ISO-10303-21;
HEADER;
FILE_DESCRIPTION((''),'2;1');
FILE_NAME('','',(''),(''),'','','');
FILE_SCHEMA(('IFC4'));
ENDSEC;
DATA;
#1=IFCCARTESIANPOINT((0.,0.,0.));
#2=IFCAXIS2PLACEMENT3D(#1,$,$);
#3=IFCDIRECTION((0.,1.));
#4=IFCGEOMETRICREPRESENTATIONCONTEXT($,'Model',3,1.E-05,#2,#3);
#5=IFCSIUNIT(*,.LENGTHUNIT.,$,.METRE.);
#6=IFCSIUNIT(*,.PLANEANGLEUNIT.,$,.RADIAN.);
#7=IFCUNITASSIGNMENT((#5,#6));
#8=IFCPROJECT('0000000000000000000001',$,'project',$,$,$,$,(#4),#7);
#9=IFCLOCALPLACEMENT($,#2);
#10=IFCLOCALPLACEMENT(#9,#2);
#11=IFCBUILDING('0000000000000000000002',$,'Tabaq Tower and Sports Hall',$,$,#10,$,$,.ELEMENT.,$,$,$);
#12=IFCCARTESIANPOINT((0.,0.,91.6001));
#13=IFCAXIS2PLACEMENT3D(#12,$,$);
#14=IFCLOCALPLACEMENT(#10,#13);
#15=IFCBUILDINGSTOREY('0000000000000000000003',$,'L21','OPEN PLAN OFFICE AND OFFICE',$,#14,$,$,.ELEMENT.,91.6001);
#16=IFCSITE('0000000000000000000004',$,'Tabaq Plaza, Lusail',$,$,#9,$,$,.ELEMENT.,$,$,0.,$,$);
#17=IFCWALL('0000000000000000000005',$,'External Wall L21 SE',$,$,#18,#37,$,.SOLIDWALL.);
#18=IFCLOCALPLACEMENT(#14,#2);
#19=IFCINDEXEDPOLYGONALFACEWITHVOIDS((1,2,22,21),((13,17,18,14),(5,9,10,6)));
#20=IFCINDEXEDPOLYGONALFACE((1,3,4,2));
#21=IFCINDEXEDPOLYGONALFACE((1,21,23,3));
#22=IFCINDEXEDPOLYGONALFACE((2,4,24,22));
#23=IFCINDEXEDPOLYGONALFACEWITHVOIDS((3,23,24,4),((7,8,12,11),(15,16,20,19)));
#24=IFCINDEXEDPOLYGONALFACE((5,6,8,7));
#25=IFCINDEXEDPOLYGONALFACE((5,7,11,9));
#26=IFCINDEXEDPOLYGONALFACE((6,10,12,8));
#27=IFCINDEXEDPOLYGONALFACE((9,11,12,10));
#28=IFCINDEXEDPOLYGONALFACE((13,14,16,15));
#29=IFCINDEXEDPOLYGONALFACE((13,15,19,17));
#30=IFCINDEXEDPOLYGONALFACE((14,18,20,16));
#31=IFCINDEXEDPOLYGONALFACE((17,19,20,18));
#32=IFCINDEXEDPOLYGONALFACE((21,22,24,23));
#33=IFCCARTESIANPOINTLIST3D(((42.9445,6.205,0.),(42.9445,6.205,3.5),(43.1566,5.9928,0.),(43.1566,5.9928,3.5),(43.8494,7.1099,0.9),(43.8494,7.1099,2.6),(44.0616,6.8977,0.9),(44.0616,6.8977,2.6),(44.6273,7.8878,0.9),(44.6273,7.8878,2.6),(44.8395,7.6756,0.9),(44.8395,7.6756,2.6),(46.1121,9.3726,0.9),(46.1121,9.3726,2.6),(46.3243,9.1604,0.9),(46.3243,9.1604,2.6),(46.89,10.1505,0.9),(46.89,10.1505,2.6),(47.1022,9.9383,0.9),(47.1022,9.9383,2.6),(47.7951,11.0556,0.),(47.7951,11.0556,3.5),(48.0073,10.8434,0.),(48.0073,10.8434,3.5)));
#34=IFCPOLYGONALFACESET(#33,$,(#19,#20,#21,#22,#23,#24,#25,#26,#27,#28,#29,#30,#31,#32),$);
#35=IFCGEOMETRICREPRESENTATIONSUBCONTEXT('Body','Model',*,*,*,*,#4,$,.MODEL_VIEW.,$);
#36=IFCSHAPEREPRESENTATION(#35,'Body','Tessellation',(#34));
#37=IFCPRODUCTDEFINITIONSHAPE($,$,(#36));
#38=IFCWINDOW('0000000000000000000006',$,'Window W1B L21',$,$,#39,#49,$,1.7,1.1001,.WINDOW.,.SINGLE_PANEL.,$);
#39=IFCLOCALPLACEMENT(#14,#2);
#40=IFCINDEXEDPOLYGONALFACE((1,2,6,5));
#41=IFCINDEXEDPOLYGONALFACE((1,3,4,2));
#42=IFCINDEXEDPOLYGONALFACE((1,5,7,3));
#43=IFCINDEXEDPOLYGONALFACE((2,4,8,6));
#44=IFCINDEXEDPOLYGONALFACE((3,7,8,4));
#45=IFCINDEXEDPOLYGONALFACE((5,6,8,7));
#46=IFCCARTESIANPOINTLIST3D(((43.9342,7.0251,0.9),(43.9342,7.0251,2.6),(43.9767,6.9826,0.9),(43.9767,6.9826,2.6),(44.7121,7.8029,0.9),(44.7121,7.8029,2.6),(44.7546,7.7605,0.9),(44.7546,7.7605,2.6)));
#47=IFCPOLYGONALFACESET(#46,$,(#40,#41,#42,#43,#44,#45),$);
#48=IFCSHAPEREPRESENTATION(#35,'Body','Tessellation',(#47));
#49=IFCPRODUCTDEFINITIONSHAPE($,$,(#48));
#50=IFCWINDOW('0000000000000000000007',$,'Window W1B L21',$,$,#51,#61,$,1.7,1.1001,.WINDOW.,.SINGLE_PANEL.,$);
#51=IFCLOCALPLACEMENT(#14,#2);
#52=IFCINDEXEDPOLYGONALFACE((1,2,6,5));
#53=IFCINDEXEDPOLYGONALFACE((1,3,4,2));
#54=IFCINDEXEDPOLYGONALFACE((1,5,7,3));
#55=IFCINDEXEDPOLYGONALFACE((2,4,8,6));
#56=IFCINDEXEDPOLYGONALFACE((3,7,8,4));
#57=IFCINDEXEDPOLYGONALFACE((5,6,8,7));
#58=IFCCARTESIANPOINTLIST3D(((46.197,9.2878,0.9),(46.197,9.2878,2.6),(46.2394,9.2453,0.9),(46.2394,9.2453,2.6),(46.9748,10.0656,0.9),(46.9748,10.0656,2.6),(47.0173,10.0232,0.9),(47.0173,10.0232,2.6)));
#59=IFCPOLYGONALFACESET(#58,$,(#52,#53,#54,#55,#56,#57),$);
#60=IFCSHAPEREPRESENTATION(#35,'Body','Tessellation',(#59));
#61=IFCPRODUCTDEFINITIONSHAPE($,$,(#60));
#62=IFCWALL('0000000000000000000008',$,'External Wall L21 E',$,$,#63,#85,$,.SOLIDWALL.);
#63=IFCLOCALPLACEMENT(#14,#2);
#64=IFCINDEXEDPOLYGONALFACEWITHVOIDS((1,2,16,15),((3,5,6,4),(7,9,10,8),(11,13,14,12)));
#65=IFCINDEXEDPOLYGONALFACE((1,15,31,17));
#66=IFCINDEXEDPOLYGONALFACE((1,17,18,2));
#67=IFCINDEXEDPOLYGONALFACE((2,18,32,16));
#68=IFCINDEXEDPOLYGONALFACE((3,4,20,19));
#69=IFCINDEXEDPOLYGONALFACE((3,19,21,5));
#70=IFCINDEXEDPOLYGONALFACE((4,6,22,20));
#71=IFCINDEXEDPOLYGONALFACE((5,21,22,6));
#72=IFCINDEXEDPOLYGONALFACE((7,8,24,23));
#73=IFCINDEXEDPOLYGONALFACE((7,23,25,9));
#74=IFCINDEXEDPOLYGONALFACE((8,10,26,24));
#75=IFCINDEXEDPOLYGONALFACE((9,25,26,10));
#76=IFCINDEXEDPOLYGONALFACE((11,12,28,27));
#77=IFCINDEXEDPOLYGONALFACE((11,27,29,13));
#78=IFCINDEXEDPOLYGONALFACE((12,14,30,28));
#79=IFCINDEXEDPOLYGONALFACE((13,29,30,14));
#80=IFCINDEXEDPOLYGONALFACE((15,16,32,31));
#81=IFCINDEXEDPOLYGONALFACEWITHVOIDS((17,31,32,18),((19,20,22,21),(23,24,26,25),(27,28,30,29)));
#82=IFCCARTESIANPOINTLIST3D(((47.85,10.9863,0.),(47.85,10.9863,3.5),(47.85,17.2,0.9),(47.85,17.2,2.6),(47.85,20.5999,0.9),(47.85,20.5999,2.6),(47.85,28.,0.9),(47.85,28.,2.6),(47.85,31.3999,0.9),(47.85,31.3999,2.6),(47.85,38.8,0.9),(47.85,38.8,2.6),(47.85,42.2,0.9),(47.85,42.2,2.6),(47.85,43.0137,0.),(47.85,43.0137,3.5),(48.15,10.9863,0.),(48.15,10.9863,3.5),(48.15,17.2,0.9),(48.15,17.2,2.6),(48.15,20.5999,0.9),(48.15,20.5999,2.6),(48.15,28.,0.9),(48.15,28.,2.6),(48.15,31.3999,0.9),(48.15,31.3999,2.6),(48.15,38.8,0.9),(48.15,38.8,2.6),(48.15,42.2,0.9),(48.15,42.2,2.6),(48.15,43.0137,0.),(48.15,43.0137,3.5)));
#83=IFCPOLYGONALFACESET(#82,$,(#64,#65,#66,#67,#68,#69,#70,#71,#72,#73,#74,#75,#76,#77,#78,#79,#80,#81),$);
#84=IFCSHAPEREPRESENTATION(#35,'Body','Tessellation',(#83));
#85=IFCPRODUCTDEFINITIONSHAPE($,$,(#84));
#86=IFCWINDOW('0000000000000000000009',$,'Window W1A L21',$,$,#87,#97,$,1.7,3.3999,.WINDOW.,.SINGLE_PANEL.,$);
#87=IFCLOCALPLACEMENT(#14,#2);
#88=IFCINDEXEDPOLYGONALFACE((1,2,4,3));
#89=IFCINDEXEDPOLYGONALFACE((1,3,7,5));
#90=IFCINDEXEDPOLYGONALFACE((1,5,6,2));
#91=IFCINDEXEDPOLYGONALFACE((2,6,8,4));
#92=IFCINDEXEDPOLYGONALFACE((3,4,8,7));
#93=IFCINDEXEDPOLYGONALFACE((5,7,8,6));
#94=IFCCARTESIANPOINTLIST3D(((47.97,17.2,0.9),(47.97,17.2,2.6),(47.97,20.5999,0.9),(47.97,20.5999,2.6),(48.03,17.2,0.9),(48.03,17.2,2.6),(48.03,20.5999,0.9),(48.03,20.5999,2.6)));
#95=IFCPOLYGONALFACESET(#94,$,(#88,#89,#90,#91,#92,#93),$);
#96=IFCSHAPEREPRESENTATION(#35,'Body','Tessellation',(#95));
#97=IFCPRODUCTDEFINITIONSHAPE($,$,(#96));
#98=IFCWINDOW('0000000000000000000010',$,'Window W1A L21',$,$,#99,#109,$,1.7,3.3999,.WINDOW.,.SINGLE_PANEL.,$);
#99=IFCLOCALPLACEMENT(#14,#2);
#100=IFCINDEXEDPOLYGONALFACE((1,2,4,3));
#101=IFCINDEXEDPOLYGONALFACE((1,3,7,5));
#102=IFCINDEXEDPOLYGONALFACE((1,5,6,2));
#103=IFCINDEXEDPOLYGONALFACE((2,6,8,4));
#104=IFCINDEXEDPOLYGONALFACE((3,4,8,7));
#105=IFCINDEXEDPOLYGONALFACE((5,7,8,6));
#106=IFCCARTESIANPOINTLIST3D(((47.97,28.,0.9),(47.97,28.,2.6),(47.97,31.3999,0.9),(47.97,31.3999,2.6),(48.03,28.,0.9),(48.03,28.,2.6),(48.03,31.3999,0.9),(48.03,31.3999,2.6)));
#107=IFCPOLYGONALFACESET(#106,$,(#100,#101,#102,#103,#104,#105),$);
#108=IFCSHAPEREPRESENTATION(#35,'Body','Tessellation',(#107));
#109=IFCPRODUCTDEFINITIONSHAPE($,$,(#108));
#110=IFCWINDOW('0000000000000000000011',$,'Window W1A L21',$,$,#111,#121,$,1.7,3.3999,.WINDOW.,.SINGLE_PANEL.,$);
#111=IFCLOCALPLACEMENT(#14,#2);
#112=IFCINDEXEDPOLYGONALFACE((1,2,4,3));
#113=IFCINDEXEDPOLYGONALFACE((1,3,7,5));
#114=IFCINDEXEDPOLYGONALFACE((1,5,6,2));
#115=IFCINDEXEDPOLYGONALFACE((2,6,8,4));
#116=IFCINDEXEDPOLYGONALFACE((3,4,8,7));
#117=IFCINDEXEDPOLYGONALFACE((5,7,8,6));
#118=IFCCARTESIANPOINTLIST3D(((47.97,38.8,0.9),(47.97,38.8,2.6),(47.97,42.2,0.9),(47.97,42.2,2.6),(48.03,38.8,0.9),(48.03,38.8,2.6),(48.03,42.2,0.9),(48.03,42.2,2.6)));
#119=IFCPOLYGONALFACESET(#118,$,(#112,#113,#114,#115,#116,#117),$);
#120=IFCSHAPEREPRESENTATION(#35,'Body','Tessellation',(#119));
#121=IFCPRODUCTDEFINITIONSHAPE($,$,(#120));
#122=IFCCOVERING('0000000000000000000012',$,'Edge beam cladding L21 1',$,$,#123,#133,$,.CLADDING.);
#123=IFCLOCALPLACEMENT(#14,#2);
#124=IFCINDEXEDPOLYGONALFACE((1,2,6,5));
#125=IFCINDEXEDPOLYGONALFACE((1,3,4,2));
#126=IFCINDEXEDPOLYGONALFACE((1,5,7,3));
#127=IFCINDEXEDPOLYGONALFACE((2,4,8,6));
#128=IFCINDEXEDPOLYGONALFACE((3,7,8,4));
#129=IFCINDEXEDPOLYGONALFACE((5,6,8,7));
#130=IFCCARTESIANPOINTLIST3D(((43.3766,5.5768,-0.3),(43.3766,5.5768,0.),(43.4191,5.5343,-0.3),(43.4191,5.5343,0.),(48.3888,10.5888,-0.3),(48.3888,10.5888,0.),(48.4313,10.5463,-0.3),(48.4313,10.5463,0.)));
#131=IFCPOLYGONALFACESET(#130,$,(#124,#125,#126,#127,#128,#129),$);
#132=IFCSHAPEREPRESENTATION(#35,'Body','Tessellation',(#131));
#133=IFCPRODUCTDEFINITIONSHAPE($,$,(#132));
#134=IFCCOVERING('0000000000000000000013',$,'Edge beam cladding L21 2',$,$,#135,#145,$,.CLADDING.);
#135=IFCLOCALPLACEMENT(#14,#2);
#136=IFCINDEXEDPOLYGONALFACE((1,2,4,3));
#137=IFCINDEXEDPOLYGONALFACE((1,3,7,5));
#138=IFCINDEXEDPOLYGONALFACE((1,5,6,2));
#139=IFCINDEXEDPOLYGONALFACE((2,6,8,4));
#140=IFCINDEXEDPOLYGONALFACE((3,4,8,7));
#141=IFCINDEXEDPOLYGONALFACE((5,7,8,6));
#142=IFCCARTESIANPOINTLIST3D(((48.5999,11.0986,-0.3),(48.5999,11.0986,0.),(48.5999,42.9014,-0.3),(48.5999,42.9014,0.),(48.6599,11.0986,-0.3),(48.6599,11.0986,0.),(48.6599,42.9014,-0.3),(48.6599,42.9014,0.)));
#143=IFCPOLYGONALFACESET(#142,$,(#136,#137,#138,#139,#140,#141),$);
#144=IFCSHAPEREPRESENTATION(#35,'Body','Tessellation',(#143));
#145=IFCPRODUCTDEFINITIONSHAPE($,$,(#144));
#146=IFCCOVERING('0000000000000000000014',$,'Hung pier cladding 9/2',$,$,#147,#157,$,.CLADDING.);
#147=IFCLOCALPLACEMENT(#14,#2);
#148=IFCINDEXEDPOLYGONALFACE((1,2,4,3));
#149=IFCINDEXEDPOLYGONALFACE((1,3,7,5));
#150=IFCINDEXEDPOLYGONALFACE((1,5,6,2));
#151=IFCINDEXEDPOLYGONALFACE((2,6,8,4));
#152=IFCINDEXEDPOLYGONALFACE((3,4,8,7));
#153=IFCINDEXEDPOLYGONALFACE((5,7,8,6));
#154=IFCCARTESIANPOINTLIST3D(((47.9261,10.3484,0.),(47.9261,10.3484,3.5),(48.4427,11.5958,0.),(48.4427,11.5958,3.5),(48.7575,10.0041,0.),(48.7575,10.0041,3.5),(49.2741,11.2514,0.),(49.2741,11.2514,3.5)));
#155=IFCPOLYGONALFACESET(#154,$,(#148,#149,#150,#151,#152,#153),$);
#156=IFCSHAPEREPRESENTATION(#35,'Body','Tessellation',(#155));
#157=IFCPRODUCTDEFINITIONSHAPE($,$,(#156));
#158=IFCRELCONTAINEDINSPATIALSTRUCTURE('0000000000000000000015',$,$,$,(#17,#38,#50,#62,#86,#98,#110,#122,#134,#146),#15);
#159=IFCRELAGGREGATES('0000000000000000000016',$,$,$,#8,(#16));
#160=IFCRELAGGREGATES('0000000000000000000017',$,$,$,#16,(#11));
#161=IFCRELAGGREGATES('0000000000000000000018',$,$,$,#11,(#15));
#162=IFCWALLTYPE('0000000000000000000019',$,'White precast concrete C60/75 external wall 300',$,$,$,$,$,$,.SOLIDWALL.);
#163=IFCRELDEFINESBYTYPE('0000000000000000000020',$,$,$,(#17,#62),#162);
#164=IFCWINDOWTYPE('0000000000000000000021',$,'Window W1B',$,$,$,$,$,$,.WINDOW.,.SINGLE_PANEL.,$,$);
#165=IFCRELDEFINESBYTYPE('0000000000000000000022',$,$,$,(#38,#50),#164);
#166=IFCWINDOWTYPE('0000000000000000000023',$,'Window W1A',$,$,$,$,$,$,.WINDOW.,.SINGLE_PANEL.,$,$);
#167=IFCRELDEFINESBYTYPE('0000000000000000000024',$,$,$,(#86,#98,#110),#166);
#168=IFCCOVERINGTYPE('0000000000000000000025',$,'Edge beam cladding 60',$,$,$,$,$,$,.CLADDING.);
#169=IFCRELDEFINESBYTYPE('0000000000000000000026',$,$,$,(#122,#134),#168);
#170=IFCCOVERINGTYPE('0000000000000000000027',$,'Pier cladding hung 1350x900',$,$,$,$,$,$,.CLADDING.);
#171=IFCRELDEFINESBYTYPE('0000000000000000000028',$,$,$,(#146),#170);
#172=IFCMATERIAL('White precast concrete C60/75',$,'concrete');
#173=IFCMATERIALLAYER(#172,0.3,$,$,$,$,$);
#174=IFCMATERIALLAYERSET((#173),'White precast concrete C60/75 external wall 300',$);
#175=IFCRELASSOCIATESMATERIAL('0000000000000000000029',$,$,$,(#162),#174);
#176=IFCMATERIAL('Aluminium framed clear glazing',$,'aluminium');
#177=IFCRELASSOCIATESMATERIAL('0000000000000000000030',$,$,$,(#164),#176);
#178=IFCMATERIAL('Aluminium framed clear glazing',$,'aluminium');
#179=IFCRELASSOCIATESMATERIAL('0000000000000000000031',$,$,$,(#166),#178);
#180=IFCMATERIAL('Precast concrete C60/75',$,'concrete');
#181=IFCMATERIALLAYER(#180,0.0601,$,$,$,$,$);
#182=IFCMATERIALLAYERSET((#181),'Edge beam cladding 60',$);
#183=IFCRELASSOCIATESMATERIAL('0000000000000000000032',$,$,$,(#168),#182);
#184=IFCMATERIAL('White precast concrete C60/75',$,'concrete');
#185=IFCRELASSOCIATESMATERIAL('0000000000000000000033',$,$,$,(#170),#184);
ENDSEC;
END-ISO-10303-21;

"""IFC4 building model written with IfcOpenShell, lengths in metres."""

from ifc_helpers import new_model, si_unit, direction, frame, frame_2d, origin, place, context, subcontext, project, spatial, rectangle, extrude, material, layer, layer_set, type_object, element, fill, save


model = new_model("IFC4")

# Units and contexts
model_context = context("Model", 3, precision=1e-05, world=origin(), true_north=direction((0.0, 1.0)))
body_context = subcontext(model_context, "Body", "Model", "MODEL_VIEW")
ifc_project = project(units=[si_unit("LENGTHUNIT", "METRE"), si_unit("PLANEANGLEUNIT", "RADIAN")], contexts=[model_context])

# Site, building, storey
site_placement = place(None, origin())
site = spatial("IfcSite", under=ifc_project, at=site_placement, Name="Tabaq Plaza, Lusail", CompositionType="ELEMENT", RefElevation=0.0)
building_placement = place(site_placement, origin())
building = spatial("IfcBuilding", under=site, at=building_placement, Name="Tabaq Tower and Sports Hall", CompositionType="ELEMENT")
storey_placement = place(building_placement, frame((0.0, 0.0, 91.6001)))
storey = spatial("IfcBuildingStorey", under=building, at=storey_placement, Name="L21", Description="OPEN PLAN OFFICE AND OFFICE", CompositionType="ELEMENT", Elevation=91.6001)

# Walls, openings, windows
ifc_material_1 = material(Name="White precast concrete C60/75", Category="concrete")
ifc_layer_1 = layer(ifc_material_1, 0.3)
ifc_layer_set_1 = layer_set([ifc_layer_1], Name="White precast concrete C60/75 external wall 300")
wall_type_1 = type_object("IfcWallType", Name="White precast concrete C60/75 external wall 300", PredefinedType="SOLIDWALL", material=ifc_layer_set_1)
wall_1_placement = place(storey_placement, frame((43.0505, 6.0989, 0.0), z_axis=(0.0, 0.0, 1.0), x_axis=(0.707107, 0.707107, 0.0)))
wall_1 = element("IfcWall", 1, at=wall_1_placement, inside=storey, type_object=wall_type_1, Name="External Wall L21 SE", PredefinedType="SOLIDWALL", context=body_context, shape_type="SweptSolid", body=[
    extrude(rectangle(XDim=6.8599, YDim=0.3, at=frame_2d((3.4299, 0.0))), origin(), (0.0, 0.0, 1.0), 3.5),
])
opening_1_placement = place(wall_1_placement, frame((1.2798, 0.0, 0.8999)))
opening_1 = element("IfcOpeningElement", 2, at=opening_1_placement, cuts=wall_1, PredefinedType="OPENING", context=body_context, shape_type="SweptSolid", body=[
    extrude(rectangle(XDim=1.1001, YDim=1.7, at=frame_2d((0.55, 0.8501))), frame((0.0, 0.1602, 0.0), z_axis=(0.0, -1.0, 0.0), x_axis=(1.0, 0.0, 0.0)), (0.0, 0.0, 1.0), 0.3201),
])
opening_2_placement = place(wall_1_placement, frame((4.4797, 0.0, 0.8999)))
opening_2 = element("IfcOpeningElement", 3, at=opening_2_placement, cuts=wall_1, PredefinedType="OPENING", context=body_context, shape_type="SweptSolid", body=[
    extrude(rectangle(XDim=1.1001, YDim=1.7, at=frame_2d((0.55, 0.8501))), frame((0.0, 0.1602, 0.0), z_axis=(0.0, -1.0, 0.0), x_axis=(1.0, 0.0, 0.0)), (0.0, 0.0, 1.0), 0.3201),
])
ifc_material_2 = material(Name="Aluminium framed clear glazing", Category="aluminium")
window_type_1 = type_object("IfcWindowType", Name="Window W1B", PartitioningType="SINGLE_PANEL", PredefinedType="WINDOW", material=ifc_material_2)
window_1_placement = place(opening_1_placement, origin())
window_1 = element("IfcWindow", 4, at=window_1_placement, inside=storey, type_object=window_type_1, Name="Window W1B L21", OverallHeight=1.7, OverallWidth=1.1001, PartitioningType="SINGLE_PANEL", PredefinedType="WINDOW", context=body_context, shape_type="SweptSolid", body=[
    extrude(rectangle(XDim=1.1001, YDim=1.7, at=frame_2d((0.55, 0.8501))), frame((0.0, 0.03, 0.0), z_axis=(0.0, -1.0, 0.0), x_axis=(1.0, 0.0, 0.0)), (0.0, 0.0, 1.0), 0.0601),
])
fill(opening_1, window_1)
window_2_placement = place(opening_2_placement, origin())
window_2 = element("IfcWindow", 5, at=window_2_placement, inside=storey, type_object=window_type_1, Name="Window W1B L21", OverallHeight=1.7, OverallWidth=1.1001, PartitioningType="SINGLE_PANEL", PredefinedType="WINDOW", context=body_context, shape_type="SweptSolid", body=[
    extrude(rectangle(XDim=1.1001, YDim=1.7, at=frame_2d((0.55, 0.8501))), frame((0.0, 0.03, 0.0), z_axis=(0.0, -1.0, 0.0), x_axis=(1.0, 0.0, 0.0)), (0.0, 0.0, 1.0), 0.0601),
])
fill(opening_2, window_2)
wall_2_placement = place(storey_placement, frame((48.0, 10.9863, 0.0), z_axis=(0.0, 0.0, 1.0), x_axis=(0.0, 1.0, 0.0)))
wall_2 = element("IfcWall", 6, at=wall_2_placement, inside=storey, type_object=wall_type_1, Name="External Wall L21 E", PredefinedType="SOLIDWALL", context=body_context, shape_type="SweptSolid", body=[
    extrude(rectangle(XDim=32.0273, YDim=0.3, at=frame_2d((16.0137, 0.0))), origin(), (0.0, 0.0, 1.0), 3.5),
])
opening_3_placement = place(wall_2_placement, frame((6.2136, 0.0, 0.8999)))
opening_3 = element("IfcOpeningElement", 7, at=opening_3_placement, cuts=wall_2, PredefinedType="OPENING", context=body_context, shape_type="SweptSolid", body=[
    extrude(rectangle(XDim=3.3999, YDim=1.7, at=frame_2d((1.7, 0.8501))), frame((0.0, 0.1602, 0.0), z_axis=(0.0, -1.0, 0.0), x_axis=(1.0, 0.0, 0.0)), (0.0, 0.0, 1.0), 0.3201),
])
opening_4_placement = place(wall_2_placement, frame((17.0137, 0.0, 0.8999)))
opening_4 = element("IfcOpeningElement", 8, at=opening_4_placement, cuts=wall_2, PredefinedType="OPENING", context=body_context, shape_type="SweptSolid", body=[
    extrude(rectangle(XDim=3.3999, YDim=1.7, at=frame_2d((1.7, 0.8501))), frame((0.0, 0.1602, 0.0), z_axis=(0.0, -1.0, 0.0), x_axis=(1.0, 0.0, 0.0)), (0.0, 0.0, 1.0), 0.3201),
])
opening_5_placement = place(wall_2_placement, frame((27.8137, 0.0, 0.8999)))
opening_5 = element("IfcOpeningElement", 9, at=opening_5_placement, cuts=wall_2, PredefinedType="OPENING", context=body_context, shape_type="SweptSolid", body=[
    extrude(rectangle(XDim=3.3999, YDim=1.7, at=frame_2d((1.7, 0.8501))), frame((0.0, 0.1602, 0.0), z_axis=(0.0, -1.0, 0.0), x_axis=(1.0, 0.0, 0.0)), (0.0, 0.0, 1.0), 0.3201),
])
ifc_material_3 = material(Name="Aluminium framed clear glazing", Category="aluminium")
window_type_2 = type_object("IfcWindowType", Name="Window W1A", PartitioningType="SINGLE_PANEL", PredefinedType="WINDOW", material=ifc_material_3)
window_3_placement = place(opening_3_placement, origin())
window_3 = element("IfcWindow", 10, at=window_3_placement, inside=storey, type_object=window_type_2, Name="Window W1A L21", OverallHeight=1.7, OverallWidth=3.3999, PartitioningType="SINGLE_PANEL", PredefinedType="WINDOW", context=body_context, shape_type="SweptSolid", body=[
    extrude(rectangle(XDim=3.3999, YDim=1.7, at=frame_2d((1.7, 0.8501))), frame((0.0, 0.03, 0.0), z_axis=(0.0, -1.0, 0.0), x_axis=(1.0, 0.0, 0.0)), (0.0, 0.0, 1.0), 0.0601),
])
fill(opening_3, window_3)
window_4_placement = place(opening_4_placement, origin())
window_4 = element("IfcWindow", 11, at=window_4_placement, inside=storey, type_object=window_type_2, Name="Window W1A L21", OverallHeight=1.7, OverallWidth=3.3999, PartitioningType="SINGLE_PANEL", PredefinedType="WINDOW", context=body_context, shape_type="SweptSolid", body=[
    extrude(rectangle(XDim=3.3999, YDim=1.7, at=frame_2d((1.7, 0.8501))), frame((0.0, 0.03, 0.0), z_axis=(0.0, -1.0, 0.0), x_axis=(1.0, 0.0, 0.0)), (0.0, 0.0, 1.0), 0.0601),
])
fill(opening_4, window_4)
window_5_placement = place(opening_5_placement, origin())
window_5 = element("IfcWindow", 12, at=window_5_placement, inside=storey, type_object=window_type_2, Name="Window W1A L21", OverallHeight=1.7, OverallWidth=3.3999, PartitioningType="SINGLE_PANEL", PredefinedType="WINDOW", context=body_context, shape_type="SweptSolid", body=[
    extrude(rectangle(XDim=3.3999, YDim=1.7, at=frame_2d((1.7, 0.8501))), frame((0.0, 0.03, 0.0), z_axis=(0.0, -1.0, 0.0), x_axis=(1.0, 0.0, 0.0)), (0.0, 0.0, 1.0), 0.0601),
])
fill(opening_5, window_5)

# Coverings
ifc_material_4 = material(Name="Precast concrete C60/75", Category="concrete")
ifc_layer_2 = layer(ifc_material_4, 0.0601)
ifc_layer_set_2 = layer_set([ifc_layer_2], Name="Edge beam cladding 60")
covering_type_1 = type_object("IfcCoveringType", Name="Edge beam cladding 60", PredefinedType="CLADDING", material=ifc_layer_set_2)
covering_1_placement = place(storey_placement, frame((43.3979, 5.5557, -0.3), z_axis=(0.0, 0.0, 1.0), x_axis=(0.707124, 0.70709, 0.0)))
element("IfcCovering", 13, at=covering_1_placement, inside=storey, type_object=covering_type_1, Name="Edge beam cladding L21 1", PredefinedType="CLADDING", context=body_context, shape_type="SweptSolid", body=[
    extrude(rectangle(XDim=7.0881, YDim=0.0601, at=frame_2d((3.5439, 0.0))), origin(), (0.0, 0.0, 1.0), 0.3),
])
covering_2_placement = place(storey_placement, frame((48.6299, 11.0986, -0.3), z_axis=(0.0, 0.0, 1.0), x_axis=(0.0, 1.0, 0.0)))
element("IfcCovering", 14, at=covering_2_placement, inside=storey, type_object=covering_type_1, Name="Edge beam cladding L21 2", PredefinedType="CLADDING", context=body_context, shape_type="SweptSolid", body=[
    extrude(rectangle(XDim=31.8027, YDim=0.0601, at=frame_2d((15.9014, 0.0))), origin(), (0.0, 0.0, 1.0), 0.3),
])
ifc_material_5 = material(Name="White precast concrete C60/75", Category="concrete")
covering_type_2 = type_object("IfcCoveringType", Name="Pier cladding hung 1350x900", PredefinedType="CLADDING", material=ifc_material_5)
covering_3_placement = place(storey_placement, frame((48.3418, 10.1763, 0.0), z_axis=(0.0, 0.0, 1.0), x_axis=(0.38265, 0.923893, 0.0)))
element("IfcCovering", 15, at=covering_3_placement, inside=storey, type_object=covering_type_2, Name="Hung pier cladding 9/2", PredefinedType="CLADDING", context=body_context, shape_type="SweptSolid", body=[
    extrude(rectangle(XDim=1.3501, YDim=0.8999, at=frame_2d((0.675, 0.0))), origin(), (0.0, 0.0, 1.0), 3.5),
])

save(model, "model.ifc")
